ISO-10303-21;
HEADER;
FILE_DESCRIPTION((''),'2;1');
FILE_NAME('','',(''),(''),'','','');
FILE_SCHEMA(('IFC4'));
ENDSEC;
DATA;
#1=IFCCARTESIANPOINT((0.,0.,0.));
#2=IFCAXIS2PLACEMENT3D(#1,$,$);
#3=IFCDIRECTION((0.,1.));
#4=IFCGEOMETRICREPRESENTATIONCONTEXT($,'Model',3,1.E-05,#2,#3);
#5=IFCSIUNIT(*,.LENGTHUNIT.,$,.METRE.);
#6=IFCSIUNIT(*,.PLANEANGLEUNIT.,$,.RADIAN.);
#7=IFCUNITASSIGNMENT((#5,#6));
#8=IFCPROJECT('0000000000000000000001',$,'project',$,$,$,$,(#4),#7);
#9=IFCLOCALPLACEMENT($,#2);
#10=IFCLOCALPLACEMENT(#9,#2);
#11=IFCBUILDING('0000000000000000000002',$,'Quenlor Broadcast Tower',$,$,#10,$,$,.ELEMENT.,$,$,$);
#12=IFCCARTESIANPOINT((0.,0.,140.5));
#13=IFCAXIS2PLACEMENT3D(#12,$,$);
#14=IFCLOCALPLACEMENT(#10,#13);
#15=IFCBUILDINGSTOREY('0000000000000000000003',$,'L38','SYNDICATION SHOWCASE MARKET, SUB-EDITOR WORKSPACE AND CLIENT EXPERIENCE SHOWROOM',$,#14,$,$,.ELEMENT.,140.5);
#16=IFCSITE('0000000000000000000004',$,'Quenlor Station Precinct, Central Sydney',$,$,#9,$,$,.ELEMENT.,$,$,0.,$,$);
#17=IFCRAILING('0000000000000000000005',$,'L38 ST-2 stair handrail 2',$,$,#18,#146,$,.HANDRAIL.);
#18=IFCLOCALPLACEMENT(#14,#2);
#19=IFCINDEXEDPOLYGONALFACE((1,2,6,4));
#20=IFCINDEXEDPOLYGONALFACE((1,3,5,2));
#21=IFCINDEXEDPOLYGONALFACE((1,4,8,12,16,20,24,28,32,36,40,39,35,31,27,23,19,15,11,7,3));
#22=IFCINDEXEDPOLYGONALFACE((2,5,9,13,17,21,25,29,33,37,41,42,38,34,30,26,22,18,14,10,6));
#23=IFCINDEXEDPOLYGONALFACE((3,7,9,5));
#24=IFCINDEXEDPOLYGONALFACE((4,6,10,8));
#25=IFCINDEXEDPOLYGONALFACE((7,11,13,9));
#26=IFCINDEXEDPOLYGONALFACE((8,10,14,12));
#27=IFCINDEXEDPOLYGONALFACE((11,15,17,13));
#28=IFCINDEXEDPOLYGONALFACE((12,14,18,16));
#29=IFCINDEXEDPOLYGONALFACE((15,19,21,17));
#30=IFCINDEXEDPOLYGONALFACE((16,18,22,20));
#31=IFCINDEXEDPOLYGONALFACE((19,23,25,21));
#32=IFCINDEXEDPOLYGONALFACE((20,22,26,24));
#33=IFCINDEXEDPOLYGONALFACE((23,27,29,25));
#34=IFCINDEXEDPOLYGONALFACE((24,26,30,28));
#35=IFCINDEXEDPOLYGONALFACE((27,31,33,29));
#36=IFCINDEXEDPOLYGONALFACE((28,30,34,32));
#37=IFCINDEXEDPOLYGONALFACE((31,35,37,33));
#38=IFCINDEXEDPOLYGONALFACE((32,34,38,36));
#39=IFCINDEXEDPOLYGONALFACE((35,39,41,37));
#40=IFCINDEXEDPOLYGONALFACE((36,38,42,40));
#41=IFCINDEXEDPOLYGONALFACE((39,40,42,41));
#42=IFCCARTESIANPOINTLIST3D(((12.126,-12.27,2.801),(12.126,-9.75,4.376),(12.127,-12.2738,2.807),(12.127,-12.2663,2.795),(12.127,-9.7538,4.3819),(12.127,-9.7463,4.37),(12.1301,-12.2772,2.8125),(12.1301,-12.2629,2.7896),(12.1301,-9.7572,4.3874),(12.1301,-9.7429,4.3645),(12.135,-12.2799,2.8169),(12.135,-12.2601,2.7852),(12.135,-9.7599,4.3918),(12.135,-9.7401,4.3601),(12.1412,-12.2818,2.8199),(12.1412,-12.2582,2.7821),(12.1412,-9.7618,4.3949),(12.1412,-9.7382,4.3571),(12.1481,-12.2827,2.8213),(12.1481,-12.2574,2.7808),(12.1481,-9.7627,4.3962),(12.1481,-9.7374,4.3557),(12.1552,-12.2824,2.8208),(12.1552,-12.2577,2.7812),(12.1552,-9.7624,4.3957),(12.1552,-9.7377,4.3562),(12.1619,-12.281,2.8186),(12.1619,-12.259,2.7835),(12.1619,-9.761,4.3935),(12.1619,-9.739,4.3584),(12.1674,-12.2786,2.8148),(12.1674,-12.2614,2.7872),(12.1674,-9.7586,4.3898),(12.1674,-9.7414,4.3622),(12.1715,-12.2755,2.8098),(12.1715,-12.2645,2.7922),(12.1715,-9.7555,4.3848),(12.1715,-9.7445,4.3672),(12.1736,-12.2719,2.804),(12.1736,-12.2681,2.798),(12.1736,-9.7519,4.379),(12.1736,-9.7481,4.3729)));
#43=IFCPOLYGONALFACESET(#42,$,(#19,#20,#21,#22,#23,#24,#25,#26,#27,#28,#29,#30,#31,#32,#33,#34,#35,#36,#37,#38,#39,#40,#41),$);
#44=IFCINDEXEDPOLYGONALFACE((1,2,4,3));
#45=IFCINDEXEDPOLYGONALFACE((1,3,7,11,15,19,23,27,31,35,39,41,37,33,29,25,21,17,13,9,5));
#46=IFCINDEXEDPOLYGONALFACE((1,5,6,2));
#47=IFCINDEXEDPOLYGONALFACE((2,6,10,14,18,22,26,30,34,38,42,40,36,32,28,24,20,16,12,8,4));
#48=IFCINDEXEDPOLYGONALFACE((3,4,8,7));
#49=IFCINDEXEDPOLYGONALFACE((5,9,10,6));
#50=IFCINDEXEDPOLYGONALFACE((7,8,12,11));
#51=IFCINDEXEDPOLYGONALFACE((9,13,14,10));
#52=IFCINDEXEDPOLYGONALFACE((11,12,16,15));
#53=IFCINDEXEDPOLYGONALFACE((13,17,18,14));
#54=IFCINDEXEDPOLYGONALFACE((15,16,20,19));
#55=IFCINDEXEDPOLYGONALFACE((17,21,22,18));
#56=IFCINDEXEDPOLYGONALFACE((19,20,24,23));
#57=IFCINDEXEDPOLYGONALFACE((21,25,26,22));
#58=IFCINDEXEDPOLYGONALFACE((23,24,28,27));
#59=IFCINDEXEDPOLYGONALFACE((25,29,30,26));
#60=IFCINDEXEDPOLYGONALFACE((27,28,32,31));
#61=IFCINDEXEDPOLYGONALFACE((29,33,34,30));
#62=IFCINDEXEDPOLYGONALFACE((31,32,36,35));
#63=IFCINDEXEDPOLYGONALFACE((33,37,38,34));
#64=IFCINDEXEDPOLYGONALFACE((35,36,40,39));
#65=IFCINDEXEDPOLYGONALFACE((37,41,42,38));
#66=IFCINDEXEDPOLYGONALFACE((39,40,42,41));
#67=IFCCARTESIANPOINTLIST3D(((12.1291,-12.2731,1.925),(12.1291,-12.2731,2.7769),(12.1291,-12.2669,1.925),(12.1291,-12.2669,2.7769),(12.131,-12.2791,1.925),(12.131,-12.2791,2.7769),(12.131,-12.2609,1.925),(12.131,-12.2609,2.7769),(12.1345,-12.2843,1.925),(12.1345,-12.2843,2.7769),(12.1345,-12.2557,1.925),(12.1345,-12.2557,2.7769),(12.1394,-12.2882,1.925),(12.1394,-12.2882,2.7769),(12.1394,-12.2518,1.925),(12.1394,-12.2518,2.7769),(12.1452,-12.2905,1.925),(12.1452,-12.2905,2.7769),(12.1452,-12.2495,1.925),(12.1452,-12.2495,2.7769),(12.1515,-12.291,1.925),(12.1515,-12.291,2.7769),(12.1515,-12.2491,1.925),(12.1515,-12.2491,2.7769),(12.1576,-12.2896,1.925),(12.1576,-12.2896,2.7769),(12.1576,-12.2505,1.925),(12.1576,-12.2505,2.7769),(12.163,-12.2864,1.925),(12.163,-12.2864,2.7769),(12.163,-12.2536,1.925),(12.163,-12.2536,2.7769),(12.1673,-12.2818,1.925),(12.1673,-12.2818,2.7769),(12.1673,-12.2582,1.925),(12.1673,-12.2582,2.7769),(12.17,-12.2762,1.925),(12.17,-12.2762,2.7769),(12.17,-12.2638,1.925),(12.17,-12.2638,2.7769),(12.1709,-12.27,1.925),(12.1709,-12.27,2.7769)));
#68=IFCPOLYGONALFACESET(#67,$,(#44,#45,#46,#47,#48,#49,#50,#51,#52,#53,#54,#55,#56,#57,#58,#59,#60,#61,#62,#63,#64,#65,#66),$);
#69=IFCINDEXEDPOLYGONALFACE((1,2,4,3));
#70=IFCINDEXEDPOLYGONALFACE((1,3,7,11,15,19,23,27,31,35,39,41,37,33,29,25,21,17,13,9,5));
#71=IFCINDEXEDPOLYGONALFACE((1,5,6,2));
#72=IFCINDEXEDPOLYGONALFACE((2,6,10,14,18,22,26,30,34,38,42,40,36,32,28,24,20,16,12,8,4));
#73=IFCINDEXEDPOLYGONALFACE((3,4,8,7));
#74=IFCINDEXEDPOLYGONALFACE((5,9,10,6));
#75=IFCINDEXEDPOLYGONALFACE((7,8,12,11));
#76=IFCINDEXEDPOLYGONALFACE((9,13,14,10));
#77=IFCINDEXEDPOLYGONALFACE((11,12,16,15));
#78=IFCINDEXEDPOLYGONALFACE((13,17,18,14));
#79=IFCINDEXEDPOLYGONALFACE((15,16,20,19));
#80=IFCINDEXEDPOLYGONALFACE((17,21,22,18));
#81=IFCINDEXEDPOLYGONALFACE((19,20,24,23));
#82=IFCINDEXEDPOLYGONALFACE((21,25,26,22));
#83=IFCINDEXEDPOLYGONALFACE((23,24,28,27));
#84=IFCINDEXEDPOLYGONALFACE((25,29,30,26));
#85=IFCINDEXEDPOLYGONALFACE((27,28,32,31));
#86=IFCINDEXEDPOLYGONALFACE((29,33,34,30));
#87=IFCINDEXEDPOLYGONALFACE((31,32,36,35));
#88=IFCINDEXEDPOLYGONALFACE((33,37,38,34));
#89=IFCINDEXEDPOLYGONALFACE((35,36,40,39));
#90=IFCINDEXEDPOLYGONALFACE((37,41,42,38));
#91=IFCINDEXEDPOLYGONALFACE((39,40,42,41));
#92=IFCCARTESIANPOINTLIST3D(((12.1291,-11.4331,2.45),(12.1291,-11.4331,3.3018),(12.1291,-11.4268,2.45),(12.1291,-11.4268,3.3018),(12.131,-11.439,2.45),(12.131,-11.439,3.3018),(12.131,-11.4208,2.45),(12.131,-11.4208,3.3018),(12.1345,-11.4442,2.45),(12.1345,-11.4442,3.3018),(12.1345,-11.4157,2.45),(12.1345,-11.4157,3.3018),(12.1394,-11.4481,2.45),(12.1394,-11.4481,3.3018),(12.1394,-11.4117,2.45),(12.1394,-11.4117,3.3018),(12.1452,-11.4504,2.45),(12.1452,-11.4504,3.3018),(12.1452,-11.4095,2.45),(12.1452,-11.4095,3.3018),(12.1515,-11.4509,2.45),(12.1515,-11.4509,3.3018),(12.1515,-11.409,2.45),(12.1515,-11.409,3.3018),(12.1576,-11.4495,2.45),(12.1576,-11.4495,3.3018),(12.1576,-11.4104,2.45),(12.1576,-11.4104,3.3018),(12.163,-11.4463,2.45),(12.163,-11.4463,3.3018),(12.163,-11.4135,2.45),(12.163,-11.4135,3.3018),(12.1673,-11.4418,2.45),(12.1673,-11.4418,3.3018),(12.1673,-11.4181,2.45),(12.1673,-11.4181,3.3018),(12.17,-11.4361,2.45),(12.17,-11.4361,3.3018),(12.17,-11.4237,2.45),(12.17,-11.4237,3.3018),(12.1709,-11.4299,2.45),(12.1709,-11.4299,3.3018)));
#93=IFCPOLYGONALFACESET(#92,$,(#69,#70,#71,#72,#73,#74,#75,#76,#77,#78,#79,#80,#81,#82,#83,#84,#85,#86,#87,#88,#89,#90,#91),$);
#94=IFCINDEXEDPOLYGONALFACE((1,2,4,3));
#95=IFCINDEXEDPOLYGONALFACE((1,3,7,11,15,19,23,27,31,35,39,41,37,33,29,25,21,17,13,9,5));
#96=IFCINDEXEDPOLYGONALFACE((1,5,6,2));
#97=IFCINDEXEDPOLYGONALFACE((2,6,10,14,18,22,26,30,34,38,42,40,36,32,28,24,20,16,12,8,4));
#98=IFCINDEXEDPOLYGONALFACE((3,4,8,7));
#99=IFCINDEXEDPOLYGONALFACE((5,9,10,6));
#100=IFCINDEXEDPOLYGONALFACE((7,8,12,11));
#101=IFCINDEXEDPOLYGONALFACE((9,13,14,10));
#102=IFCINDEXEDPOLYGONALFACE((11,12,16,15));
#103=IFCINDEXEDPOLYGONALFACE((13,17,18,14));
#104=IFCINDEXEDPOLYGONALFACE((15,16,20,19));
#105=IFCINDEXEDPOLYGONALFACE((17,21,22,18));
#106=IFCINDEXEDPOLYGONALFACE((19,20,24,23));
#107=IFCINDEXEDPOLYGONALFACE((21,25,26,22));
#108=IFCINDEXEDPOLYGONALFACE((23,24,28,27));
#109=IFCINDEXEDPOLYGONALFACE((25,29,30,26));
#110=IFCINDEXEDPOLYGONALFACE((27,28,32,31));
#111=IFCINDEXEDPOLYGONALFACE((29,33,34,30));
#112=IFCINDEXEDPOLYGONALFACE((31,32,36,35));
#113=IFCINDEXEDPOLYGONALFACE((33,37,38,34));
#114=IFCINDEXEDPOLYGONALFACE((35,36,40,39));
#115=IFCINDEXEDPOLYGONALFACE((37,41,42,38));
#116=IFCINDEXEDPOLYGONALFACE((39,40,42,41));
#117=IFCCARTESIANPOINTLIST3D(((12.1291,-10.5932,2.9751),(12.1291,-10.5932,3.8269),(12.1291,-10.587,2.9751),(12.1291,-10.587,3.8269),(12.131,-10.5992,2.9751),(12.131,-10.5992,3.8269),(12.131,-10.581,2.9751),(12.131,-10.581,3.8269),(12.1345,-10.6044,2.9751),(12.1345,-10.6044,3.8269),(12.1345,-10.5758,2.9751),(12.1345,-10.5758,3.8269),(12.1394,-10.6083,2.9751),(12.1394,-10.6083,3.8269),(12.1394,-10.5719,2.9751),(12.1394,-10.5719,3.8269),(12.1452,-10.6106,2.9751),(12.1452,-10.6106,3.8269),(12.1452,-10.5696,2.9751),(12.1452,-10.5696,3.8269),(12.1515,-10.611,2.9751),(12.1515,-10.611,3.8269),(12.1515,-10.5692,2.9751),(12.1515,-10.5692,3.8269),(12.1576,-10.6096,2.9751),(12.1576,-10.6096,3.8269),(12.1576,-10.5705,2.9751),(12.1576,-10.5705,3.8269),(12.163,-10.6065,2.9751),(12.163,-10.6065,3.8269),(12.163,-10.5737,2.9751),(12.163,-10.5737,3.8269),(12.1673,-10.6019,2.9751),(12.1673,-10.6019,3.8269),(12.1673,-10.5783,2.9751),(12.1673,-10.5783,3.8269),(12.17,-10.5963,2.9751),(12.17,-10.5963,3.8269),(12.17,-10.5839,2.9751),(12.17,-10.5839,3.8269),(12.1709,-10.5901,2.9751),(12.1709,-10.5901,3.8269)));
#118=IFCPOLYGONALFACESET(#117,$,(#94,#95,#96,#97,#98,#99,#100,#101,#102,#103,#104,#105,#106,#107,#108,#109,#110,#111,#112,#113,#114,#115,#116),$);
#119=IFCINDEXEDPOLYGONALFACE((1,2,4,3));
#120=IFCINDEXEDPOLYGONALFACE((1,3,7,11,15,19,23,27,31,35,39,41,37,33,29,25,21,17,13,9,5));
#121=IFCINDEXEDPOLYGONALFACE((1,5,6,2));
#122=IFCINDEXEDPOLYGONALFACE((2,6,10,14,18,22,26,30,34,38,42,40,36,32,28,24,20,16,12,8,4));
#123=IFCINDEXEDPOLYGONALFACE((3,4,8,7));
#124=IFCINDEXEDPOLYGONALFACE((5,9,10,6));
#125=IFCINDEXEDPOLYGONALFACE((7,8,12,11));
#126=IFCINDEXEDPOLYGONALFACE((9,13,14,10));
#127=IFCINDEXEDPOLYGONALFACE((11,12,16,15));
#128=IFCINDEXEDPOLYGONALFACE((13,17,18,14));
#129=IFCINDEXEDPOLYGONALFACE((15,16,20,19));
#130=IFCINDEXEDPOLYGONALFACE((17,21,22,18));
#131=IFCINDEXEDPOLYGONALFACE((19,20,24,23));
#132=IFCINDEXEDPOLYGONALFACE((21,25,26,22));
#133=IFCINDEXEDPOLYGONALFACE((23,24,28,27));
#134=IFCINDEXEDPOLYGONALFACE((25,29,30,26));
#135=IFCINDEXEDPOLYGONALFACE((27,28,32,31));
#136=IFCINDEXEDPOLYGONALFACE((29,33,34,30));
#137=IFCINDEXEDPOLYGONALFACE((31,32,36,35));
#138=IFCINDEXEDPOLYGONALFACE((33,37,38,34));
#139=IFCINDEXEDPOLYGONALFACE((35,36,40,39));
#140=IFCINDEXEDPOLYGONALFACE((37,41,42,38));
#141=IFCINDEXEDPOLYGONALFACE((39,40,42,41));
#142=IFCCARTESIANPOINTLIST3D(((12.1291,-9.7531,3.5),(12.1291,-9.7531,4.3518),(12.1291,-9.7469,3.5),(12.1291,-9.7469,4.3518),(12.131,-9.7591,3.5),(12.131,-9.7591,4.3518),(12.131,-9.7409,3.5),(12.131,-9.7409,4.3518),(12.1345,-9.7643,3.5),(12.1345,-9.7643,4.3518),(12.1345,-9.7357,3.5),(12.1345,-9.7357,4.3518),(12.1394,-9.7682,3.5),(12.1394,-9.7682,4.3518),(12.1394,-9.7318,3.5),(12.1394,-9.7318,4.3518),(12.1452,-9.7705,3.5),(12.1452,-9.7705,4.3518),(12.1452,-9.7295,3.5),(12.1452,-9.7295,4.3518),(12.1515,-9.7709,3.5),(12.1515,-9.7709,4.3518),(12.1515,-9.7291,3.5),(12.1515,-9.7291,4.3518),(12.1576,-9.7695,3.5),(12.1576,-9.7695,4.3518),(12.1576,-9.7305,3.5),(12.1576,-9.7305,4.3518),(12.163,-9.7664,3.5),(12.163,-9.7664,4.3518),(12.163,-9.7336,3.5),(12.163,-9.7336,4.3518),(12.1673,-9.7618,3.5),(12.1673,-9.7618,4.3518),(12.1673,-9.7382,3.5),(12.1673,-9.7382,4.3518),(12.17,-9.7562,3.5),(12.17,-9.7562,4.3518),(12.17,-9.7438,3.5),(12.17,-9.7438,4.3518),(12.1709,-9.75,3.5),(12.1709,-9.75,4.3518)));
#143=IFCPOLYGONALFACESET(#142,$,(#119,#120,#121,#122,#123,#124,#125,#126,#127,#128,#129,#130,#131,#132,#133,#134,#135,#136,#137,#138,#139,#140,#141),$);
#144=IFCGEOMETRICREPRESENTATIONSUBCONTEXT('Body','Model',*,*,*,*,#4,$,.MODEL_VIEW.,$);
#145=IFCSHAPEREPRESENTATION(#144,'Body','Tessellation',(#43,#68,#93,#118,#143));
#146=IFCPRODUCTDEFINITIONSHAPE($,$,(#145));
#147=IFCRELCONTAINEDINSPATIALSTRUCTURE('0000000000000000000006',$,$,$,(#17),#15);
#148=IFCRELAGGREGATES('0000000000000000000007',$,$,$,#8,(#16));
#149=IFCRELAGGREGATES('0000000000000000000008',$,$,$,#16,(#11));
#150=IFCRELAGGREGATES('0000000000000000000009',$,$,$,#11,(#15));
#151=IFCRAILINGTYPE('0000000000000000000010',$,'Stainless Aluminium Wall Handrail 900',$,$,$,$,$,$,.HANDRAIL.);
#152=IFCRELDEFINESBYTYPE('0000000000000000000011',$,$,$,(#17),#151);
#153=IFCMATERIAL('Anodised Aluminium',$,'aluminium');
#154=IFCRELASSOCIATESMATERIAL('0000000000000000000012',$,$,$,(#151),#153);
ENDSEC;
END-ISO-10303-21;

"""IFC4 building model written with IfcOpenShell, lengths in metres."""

from ifc_helpers import new_model, si_unit, direction, frame, origin, origin_2d, place, context, subcontext, project, spatial, circle, extrude, material, type_object, element, save


model = new_model("IFC4")

# Units and contexts
model_context = context("Model", 3, precision=1e-05, world=origin(), true_north=direction((0.0, 1.0)))
body_context = subcontext(model_context, "Body", "Model", "MODEL_VIEW")
ifc_project = project(units=[si_unit("LENGTHUNIT", "METRE"), si_unit("PLANEANGLEUNIT", "RADIAN")], contexts=[model_context])

# Site, building, storey
site_placement = place(None, origin())
site = spatial("IfcSite", under=ifc_project, at=site_placement, Name="Quenlor Station Precinct, Central Sydney", CompositionType="ELEMENT", RefElevation=0.0)
building_placement = place(site_placement, origin())
building = spatial("IfcBuilding", under=site, at=building_placement, Name="Quenlor Broadcast Tower", CompositionType="ELEMENT")
storey_placement = place(building_placement, frame((0.0, 0.0, 140.5)))
storey = spatial("IfcBuildingStorey", under=building, at=storey_placement, Name="L38", Description="SYNDICATION SHOWCASE MARKET, SUB-EDITOR WORKSPACE AND CLIENT EXPERIENCE SHOWROOM", CompositionType="ELEMENT", Elevation=140.5)

# Railing
ifc_material_1 = material(Name="Anodised Aluminium", Category="aluminium")
railing_type = type_object("IfcRailingType", Name="Stainless Aluminium Wall Handrail 900", PredefinedType="HANDRAIL", material=ifc_material_1)
railing_placement = place(storey_placement, frame((12.1499, -12.27, 1.925)))
element("IfcRailing", 1, at=railing_placement, inside=storey, type_object=railing_type, Name="L38 ST-2 stair handrail 2", PredefinedType="HANDRAIL", context=body_context, shape_type="SweptSolid", body=[
    extrude(circle(Radius=0.0239, at=origin_2d()), frame((0.0, 0.0, 0.876), z_axis=(0.0, 0.848008, 0.529984), x_axis=(-1.0, 0.0, 0.0)), (0.0, 0.0, 1.0), 2.9717),
    extrude(circle(Radius=0.021, at=origin_2d()), origin(), (0.0, 0.0, 1.0), 0.8518),
    extrude(circle(Radius=0.021, at=origin_2d()), frame((0.0, 0.8401, 0.5249)), (0.0, 0.0, 1.0), 0.8518),
    extrude(circle(Radius=0.021, at=origin_2d()), frame((0.0, 1.6799, 1.05)), (0.0, 0.0, 1.0), 0.8518),
    extrude(circle(Radius=0.021, at=origin_2d()), frame((0.0, 2.52, 1.575)), (0.0, 0.0, 1.0), 0.8518),
])

save(model, "model.ifc")
